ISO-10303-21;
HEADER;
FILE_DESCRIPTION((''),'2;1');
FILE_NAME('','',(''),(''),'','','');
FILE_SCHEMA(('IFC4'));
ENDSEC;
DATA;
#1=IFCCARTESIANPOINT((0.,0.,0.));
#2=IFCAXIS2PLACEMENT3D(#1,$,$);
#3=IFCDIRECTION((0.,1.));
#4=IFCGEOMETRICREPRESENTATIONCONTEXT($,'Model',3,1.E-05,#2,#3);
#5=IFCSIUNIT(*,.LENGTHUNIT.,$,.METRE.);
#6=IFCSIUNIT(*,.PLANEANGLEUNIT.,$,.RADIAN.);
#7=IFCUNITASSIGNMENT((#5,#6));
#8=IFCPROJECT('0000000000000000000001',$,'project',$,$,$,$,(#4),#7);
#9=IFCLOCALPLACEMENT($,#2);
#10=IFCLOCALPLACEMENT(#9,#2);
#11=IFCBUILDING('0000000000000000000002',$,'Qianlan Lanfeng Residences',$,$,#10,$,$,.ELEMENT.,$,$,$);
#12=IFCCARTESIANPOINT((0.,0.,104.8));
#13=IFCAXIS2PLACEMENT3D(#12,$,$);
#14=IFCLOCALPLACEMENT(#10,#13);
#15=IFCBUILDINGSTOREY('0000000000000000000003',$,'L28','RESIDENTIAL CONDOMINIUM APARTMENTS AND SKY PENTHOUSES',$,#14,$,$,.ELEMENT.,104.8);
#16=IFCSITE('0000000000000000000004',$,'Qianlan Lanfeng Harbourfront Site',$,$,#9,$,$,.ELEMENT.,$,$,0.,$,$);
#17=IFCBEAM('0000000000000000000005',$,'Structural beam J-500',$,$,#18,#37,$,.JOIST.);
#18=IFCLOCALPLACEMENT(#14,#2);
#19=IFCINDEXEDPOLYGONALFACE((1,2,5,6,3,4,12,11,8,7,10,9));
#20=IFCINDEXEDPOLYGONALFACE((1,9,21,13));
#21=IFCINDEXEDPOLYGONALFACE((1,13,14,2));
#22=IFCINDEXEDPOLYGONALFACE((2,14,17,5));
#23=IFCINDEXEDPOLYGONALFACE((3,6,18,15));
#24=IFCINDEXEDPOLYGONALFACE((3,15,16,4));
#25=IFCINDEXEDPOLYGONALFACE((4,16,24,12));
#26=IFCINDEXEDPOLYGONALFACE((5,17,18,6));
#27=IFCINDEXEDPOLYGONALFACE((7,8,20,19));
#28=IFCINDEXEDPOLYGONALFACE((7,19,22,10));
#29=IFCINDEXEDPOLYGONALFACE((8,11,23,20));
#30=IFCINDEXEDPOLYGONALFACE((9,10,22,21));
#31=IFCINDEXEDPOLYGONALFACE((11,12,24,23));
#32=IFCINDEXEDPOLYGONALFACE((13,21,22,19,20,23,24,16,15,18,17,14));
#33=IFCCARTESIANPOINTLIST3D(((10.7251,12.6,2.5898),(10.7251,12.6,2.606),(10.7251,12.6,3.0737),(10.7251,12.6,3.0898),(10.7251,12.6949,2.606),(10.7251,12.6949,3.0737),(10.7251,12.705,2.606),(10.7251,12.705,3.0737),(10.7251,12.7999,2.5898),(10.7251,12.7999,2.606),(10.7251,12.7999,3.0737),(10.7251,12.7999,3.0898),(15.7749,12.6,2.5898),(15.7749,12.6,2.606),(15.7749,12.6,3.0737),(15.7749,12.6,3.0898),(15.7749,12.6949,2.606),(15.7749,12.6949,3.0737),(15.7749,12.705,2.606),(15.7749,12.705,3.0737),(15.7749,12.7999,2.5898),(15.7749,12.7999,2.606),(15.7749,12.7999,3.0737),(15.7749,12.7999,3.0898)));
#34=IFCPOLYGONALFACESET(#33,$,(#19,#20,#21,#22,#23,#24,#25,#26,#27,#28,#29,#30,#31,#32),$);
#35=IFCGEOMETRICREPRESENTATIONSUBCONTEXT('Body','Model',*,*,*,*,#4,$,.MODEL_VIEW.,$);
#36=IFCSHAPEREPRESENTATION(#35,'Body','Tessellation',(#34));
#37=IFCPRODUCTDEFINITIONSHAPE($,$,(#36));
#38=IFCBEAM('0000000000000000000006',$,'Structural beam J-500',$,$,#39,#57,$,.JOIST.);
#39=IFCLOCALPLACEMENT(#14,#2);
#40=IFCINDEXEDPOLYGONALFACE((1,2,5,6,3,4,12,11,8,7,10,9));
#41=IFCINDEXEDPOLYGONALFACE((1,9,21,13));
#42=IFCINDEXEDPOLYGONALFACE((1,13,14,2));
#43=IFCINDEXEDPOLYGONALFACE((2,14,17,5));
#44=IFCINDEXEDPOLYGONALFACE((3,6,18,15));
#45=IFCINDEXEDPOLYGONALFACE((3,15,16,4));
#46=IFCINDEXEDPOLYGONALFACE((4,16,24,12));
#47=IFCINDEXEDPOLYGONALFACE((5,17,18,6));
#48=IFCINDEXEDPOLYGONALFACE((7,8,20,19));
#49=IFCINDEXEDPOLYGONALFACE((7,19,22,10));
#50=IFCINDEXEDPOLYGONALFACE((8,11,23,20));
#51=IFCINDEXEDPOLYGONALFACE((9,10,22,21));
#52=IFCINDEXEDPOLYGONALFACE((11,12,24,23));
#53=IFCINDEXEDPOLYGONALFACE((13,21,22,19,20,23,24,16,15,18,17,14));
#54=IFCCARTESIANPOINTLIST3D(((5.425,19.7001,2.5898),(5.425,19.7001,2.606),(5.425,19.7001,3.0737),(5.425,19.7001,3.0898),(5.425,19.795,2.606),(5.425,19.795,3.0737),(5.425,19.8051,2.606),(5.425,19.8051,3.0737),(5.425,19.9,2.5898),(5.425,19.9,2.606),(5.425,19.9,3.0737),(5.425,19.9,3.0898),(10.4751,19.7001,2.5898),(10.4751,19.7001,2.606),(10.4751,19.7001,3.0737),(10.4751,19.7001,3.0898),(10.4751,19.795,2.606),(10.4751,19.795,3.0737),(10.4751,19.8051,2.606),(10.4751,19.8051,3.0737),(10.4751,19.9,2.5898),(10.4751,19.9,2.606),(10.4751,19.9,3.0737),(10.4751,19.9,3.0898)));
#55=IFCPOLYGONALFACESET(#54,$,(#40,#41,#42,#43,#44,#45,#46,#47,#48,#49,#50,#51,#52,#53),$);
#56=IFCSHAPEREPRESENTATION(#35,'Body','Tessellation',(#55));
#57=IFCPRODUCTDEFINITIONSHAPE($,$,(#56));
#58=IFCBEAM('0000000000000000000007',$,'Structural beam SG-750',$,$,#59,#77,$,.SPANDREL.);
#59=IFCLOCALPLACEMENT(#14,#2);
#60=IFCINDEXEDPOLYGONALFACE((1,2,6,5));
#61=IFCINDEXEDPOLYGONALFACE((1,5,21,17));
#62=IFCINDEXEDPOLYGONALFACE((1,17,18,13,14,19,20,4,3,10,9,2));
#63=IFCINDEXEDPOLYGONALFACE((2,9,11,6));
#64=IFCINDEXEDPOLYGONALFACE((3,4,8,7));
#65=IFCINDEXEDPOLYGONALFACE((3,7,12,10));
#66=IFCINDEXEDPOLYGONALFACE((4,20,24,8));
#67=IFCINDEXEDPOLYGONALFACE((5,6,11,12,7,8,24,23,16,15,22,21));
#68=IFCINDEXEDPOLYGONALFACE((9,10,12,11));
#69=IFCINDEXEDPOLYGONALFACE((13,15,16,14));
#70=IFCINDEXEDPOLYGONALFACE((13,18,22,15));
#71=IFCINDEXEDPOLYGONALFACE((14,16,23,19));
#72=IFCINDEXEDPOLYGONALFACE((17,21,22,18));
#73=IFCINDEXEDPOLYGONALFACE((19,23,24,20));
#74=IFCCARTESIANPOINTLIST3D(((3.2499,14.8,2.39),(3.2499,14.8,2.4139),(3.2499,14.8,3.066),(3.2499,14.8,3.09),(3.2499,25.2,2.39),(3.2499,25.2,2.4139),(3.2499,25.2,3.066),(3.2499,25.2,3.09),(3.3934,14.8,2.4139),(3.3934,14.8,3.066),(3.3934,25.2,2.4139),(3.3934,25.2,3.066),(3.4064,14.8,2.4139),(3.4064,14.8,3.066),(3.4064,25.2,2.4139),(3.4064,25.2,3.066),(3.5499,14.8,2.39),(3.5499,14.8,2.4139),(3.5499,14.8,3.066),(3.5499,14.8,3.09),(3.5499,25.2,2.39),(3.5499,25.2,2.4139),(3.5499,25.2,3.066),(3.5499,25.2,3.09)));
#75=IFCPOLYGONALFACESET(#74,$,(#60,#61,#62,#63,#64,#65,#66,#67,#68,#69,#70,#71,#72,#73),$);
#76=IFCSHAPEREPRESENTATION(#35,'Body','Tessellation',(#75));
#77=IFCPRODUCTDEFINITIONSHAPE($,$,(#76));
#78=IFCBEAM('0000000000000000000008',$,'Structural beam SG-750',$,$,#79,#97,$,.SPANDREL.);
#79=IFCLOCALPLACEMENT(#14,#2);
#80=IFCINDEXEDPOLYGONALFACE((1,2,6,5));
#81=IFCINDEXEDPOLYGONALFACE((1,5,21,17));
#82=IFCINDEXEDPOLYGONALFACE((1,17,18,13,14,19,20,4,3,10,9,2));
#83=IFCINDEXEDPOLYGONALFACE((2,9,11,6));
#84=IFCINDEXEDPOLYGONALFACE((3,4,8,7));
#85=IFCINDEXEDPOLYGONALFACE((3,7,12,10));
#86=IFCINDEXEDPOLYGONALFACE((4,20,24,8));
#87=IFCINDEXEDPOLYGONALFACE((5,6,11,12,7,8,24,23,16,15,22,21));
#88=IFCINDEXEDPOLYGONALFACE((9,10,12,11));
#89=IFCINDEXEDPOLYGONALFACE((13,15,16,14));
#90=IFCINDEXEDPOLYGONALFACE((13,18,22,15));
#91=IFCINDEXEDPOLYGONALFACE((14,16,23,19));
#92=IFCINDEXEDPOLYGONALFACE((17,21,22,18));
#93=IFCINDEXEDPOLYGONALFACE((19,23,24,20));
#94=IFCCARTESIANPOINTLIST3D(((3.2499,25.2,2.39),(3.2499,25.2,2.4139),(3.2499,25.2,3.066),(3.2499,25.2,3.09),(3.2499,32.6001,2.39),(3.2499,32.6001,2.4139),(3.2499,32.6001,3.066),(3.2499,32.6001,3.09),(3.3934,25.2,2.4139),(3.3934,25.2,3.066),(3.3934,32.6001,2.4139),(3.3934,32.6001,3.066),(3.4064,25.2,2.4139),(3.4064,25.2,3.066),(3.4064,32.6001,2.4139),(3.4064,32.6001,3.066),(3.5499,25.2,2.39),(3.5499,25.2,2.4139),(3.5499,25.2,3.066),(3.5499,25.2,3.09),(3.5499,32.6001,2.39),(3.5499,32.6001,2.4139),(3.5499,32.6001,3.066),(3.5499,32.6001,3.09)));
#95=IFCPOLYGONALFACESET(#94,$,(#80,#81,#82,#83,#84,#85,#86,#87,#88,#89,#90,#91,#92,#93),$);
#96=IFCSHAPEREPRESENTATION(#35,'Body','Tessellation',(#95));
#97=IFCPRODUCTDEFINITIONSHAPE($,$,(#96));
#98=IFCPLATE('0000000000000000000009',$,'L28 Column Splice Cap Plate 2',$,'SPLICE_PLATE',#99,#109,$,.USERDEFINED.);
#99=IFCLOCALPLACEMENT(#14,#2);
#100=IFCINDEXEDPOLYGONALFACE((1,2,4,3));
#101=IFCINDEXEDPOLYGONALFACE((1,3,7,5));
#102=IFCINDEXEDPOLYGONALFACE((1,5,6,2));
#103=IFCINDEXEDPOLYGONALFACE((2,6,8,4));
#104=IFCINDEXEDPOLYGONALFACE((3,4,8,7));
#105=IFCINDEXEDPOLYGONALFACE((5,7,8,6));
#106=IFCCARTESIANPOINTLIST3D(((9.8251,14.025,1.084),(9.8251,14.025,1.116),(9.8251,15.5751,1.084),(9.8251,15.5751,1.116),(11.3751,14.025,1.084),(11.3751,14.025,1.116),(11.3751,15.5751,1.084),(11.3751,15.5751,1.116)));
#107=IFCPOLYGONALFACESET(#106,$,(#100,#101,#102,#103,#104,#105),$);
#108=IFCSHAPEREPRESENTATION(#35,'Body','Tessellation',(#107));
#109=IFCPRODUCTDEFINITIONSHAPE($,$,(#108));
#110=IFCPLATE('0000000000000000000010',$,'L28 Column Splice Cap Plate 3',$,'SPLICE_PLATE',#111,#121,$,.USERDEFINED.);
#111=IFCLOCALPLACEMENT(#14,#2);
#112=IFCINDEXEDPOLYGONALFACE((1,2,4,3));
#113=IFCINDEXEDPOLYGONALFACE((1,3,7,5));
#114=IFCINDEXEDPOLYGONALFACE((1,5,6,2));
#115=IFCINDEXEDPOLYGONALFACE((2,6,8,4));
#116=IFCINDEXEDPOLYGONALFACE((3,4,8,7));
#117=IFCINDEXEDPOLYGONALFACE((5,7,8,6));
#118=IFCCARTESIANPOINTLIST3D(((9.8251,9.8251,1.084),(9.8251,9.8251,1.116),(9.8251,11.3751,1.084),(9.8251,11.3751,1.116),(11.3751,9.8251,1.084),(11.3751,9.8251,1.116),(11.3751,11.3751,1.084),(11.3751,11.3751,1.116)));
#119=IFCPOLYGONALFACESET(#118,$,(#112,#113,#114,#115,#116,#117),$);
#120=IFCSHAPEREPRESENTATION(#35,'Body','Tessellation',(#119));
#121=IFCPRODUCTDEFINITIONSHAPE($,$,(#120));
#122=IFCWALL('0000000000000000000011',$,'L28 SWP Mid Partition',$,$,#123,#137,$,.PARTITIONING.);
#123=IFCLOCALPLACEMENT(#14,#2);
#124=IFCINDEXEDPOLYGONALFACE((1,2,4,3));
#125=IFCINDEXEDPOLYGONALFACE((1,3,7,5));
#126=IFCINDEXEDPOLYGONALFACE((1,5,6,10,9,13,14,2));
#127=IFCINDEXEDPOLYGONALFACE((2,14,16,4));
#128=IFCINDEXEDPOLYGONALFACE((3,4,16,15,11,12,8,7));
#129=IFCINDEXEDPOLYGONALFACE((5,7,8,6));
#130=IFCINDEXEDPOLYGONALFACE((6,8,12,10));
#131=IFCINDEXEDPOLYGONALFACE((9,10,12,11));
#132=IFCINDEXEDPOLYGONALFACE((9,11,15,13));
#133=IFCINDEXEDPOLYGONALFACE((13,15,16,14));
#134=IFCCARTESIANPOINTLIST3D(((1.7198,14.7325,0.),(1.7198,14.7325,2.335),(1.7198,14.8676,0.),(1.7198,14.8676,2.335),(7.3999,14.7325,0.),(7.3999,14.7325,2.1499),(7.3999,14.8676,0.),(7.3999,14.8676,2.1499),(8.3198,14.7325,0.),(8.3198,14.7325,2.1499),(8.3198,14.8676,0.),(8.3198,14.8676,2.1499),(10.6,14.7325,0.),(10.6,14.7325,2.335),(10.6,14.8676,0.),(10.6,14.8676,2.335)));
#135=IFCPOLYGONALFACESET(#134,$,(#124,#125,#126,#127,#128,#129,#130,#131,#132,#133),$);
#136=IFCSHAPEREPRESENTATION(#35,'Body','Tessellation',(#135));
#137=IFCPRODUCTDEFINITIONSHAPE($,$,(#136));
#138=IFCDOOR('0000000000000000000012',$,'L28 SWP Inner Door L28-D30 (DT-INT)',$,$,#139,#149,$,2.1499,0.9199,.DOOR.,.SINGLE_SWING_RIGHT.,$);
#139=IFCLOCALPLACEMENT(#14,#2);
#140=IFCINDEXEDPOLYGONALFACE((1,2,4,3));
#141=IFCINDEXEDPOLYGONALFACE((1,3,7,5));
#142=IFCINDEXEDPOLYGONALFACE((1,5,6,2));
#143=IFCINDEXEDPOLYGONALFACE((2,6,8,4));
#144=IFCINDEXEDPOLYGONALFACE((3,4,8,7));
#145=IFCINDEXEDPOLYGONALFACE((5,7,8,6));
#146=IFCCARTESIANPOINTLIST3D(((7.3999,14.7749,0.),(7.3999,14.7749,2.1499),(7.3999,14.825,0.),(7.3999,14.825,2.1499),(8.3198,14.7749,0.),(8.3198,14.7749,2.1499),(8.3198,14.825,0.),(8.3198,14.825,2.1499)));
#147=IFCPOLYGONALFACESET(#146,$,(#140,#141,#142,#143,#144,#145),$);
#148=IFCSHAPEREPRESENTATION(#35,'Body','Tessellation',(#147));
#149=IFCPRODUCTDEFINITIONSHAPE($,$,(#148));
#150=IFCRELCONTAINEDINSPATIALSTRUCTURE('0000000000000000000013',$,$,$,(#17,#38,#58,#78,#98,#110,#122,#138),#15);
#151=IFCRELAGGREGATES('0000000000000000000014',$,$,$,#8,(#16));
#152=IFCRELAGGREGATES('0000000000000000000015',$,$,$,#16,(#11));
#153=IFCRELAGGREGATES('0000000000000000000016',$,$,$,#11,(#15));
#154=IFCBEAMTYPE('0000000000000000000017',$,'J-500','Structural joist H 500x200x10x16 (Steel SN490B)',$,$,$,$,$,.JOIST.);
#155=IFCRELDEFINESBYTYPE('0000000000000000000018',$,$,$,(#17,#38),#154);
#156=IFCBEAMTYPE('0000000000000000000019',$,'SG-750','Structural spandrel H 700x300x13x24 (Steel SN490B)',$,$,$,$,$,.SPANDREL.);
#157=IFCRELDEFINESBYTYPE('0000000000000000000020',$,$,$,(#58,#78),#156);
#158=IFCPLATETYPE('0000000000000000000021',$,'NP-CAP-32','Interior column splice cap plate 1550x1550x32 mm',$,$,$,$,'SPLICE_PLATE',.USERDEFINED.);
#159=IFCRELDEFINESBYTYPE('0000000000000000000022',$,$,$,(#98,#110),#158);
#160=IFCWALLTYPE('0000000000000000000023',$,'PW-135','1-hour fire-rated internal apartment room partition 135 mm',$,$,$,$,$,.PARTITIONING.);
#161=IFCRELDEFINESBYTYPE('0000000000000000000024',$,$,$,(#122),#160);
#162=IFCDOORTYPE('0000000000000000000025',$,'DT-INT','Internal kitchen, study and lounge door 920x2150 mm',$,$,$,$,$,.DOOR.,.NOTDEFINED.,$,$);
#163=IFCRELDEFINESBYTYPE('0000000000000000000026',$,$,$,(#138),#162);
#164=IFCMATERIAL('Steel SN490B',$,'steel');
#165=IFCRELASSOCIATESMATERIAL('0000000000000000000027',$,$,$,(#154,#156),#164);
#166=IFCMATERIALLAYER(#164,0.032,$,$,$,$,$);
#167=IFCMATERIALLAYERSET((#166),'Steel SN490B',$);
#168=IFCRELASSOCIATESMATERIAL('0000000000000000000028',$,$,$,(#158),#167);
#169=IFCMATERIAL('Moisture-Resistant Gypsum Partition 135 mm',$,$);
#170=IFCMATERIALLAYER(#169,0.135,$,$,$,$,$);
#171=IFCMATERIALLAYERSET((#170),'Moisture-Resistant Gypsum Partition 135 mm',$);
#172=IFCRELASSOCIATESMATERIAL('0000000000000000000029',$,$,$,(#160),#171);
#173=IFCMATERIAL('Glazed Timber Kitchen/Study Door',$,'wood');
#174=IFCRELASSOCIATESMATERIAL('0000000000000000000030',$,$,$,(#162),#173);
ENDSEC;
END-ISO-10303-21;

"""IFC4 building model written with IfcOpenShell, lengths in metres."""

from ifc_helpers import new_model, si_unit, direction, frame, frame_2d, origin, origin_2d, place, context, subcontext, project, spatial, rectangle, i_section, extrude, source, transform, mapped, material, layer, layer_set, material_profile, profile_set, type_object, element, fill, save


model = new_model("IFC4")

# Units and contexts
model_context = context("Model", 3, precision=1e-05, world=origin(), true_north=direction((0.0, 1.0)))
body_context = subcontext(model_context, "Body", "Model", "MODEL_VIEW")
ifc_project = project(units=[si_unit("LENGTHUNIT", "METRE"), si_unit("PLANEANGLEUNIT", "RADIAN")], contexts=[model_context])

# Site, building, storey
site_placement = place(None, origin())
site = spatial("IfcSite", under=ifc_project, at=site_placement, Name="Qianlan Lanfeng Harbourfront Site", CompositionType="ELEMENT", RefElevation=0.0)
building_placement = place(site_placement, origin())
building = spatial("IfcBuilding", under=site, at=building_placement, Name="Qianlan Lanfeng Residences", CompositionType="ELEMENT")
storey_placement = place(building_placement, frame((0.0, 0.0, 104.8)))
storey = spatial("IfcBuildingStorey", under=building, at=storey_placement, Name="L28", Description="RESIDENTIAL CONDOMINIUM APARTMENTS AND SKY PENTHOUSES", CompositionType="ELEMENT", Elevation=104.8)

# Shared definitions
ifc_material_1 = material(Name="Steel SN490B", Category="steel")

# Beams
ifc_material_profile_1 = material_profile(ifc_material_1, i_section(OverallWidth=0.2, OverallDepth=0.5, WebThickness=0.01, FlangeThickness=0.0161, at=origin_2d()), Name="H 500x200x10x16")
ifc_profile_set_1 = profile_set([ifc_material_profile_1], Name="Steel SN490B")
beam_type_1 = type_object("IfcBeamType", Name="J-500", Description="Structural joist H 500x200x10x16 (Steel SN490B)", PredefinedType="JOIST", material=ifc_profile_set_1)
beam_1_placement = place(storey_placement, frame((10.7251, 12.7, 2.8398), z_axis=(1.0, 0.0, 0.0), x_axis=(0.0, 1.0, 0.0)))
element("IfcBeam", 1, at=beam_1_placement, inside=storey, type_object=beam_type_1, Name="Structural beam J-500", PredefinedType="JOIST", context=body_context, shape_type="SweptSolid", body=[
    extrude(i_section(OverallWidth=0.2, OverallDepth=0.5, WebThickness=0.01, FlangeThickness=0.0161, at=origin_2d()), origin(), (0.0, 0.0, 1.0), 5.0498),
])
beam_2_placement = place(storey_placement, frame((5.425, 19.8, 2.8398), z_axis=(1.0, 0.0, 0.0), x_axis=(0.0, 1.0, 0.0)))
element("IfcBeam", 2, at=beam_2_placement, inside=storey, type_object=beam_type_1, Name="Structural beam J-500", PredefinedType="JOIST", context=body_context, shape_type="SweptSolid", body=[
    extrude(i_section(OverallWidth=0.2, OverallDepth=0.5, WebThickness=0.01, FlangeThickness=0.0161, at=origin_2d()), origin(), (0.0, 0.0, 1.0), 5.05),
])
ifc_material_profile_2 = material_profile(ifc_material_1, i_section(OverallWidth=0.3, OverallDepth=0.7, WebThickness=0.0129, FlangeThickness=0.0239, at=origin_2d()), Name="H 700x300x13x24")
ifc_profile_set_2 = profile_set([ifc_material_profile_2], Name="Steel SN490B")
beam_type_2 = type_object("IfcBeamType", Name="SG-750", Description="Structural spandrel H 700x300x13x24 (Steel SN490B)", PredefinedType="SPANDREL", material=ifc_profile_set_2)
beam_3_placement = place(storey_placement, frame((3.3999, 14.8, 2.74), z_axis=(0.0, 1.0, 0.0), x_axis=(-1.0, 0.0, 0.0)))
element("IfcBeam", 3, at=beam_3_placement, inside=storey, type_object=beam_type_2, Name="Structural beam SG-750", PredefinedType="SPANDREL", context=body_context, shape_type="SweptSolid", body=[
    extrude(i_section(OverallWidth=0.3, OverallDepth=0.7, WebThickness=0.0129, FlangeThickness=0.0239, at=origin_2d()), origin(), (0.0, 0.0, 1.0), 10.3999),
])
beam_4_placement = place(storey_placement, frame((3.3999, 25.2, 2.74), z_axis=(0.0, 1.0, 0.0), x_axis=(-1.0, 0.0, 0.0)))
element("IfcBeam", 4, at=beam_4_placement, inside=storey, type_object=beam_type_2, Name="Structural beam SG-750", PredefinedType="SPANDREL", context=body_context, shape_type="SweptSolid", body=[
    extrude(i_section(OverallWidth=0.3, OverallDepth=0.7, WebThickness=0.0129, FlangeThickness=0.0239, at=origin_2d()), origin(), (0.0, 0.0, 1.0), 7.4001),
])

# Plates
ifc_layer_1 = layer(ifc_material_1, 0.032)
ifc_layer_set_1 = layer_set([ifc_layer_1], Name="Steel SN490B")
plate_type = type_object("IfcPlateType", Name="NP-CAP-32", Description="Interior column splice cap plate 1550x1550x32 mm", ElementType="SPLICE_PLATE", PredefinedType="USERDEFINED", material=ifc_layer_set_1)
shared_shape = source(origin(), body_context, "Body", "SweptSolid", [
    extrude(rectangle(XDim=1.55, YDim=1.55, at=origin_2d()), origin(), (0.0, 0.0, 1.0), 0.032),
])
for number, where, z_axis, x_axis, name in (
    (5, (10.6001, 14.8, 1.084), (0.0, 0.0, 1.0), (1.0, 0.0, 0.0), "L28 Column Splice Cap Plate 2"),
    (6, (10.6001, 10.6001, 1.084), (0.0, 0.0, 1.0), (1.0, 0.0, 0.0), "L28 Column Splice Cap Plate 3"),
):
    element("IfcPlate", number, at=place(storey_placement, frame(where, z_axis=z_axis, x_axis=x_axis)), inside=storey, type_object=plate_type, Name=name, ObjectType="SPLICE_PLATE", PredefinedType="USERDEFINED", context=body_context, shape_type="MappedRepresentation", body=[
        mapped(shared_shape, transform((0.0, 0.0, 0.0), scale=1.0)),
    ])

# Wall, opening, door
ifc_material_2 = material(Name="Moisture-Resistant Gypsum Partition 135 mm")
ifc_layer_2 = layer(ifc_material_2, 0.135)
ifc_layer_set_2 = layer_set([ifc_layer_2], Name="Moisture-Resistant Gypsum Partition 135 mm")
wall_type_1 = type_object("IfcWallType", Name="PW-135", Description="1-hour fire-rated internal apartment room partition 135 mm", PredefinedType="PARTITIONING", material=ifc_layer_set_2)
wall_1_placement = place(storey_placement, frame((1.72, 14.8, 0.0), z_axis=(0.0, 0.0, 1.0), x_axis=(1.0, 0.0, 0.0)))
wall_1 = element("IfcWall", 7, at=wall_1_placement, inside=storey, type_object=wall_type_1, Name="L28 SWP Mid Partition", PredefinedType="PARTITIONING", context=body_context, shape_type="SweptSolid", body=[
    extrude(rectangle(XDim=8.8801, YDim=0.135, at=frame_2d((4.4399, 0.0))), origin(), (0.0, 0.0, 1.0), 2.335),
])
opening_1_placement = place(wall_1_placement, frame((5.6799, 0.0, 0.0)))
opening_1 = element("IfcOpeningElement", 8, at=opening_1_placement, cuts=wall_1, PredefinedType="OPENING", context=body_context, shape_type="SweptSolid", body=[
    extrude(rectangle(XDim=0.9199, YDim=2.1499, at=frame_2d((0.46, 1.075))), frame((0.0, 0.0776, 0.0), z_axis=(0.0, -1.0, 0.0), x_axis=(1.0, 0.0, 0.0)), (0.0, 0.0, 1.0), 0.155),
])
ifc_material_3 = material(Name="Glazed Timber Kitchen/Study Door", Category="wood")
door_type_1 = type_object("IfcDoorType", Name="DT-INT", Description="Internal kitchen, study and lounge door 920x2150 mm", OperationType="NOTDEFINED", PredefinedType="DOOR", material=ifc_material_3)
door_1_placement = place(opening_1_placement, origin())
door_1 = element("IfcDoor", 9, at=door_1_placement, inside=storey, type_object=door_type_1, Name="L28 SWP Inner Door L28-D30 (DT-INT)", OperationType="SINGLE_SWING_RIGHT", OverallHeight=2.1499, OverallWidth=0.9199, PredefinedType="DOOR", context=body_context, shape_type="SweptSolid", body=[
    extrude(rectangle(XDim=0.9199, YDim=2.1499, at=frame_2d((0.46, 1.075))), frame((0.0, 0.0249, 0.0), z_axis=(0.0, -1.0, 0.0), x_axis=(1.0, 0.0, 0.0)), (0.0, 0.0, 1.0), 0.05),
])
fill(opening_1, door_1)

save(model, "model.ifc")
